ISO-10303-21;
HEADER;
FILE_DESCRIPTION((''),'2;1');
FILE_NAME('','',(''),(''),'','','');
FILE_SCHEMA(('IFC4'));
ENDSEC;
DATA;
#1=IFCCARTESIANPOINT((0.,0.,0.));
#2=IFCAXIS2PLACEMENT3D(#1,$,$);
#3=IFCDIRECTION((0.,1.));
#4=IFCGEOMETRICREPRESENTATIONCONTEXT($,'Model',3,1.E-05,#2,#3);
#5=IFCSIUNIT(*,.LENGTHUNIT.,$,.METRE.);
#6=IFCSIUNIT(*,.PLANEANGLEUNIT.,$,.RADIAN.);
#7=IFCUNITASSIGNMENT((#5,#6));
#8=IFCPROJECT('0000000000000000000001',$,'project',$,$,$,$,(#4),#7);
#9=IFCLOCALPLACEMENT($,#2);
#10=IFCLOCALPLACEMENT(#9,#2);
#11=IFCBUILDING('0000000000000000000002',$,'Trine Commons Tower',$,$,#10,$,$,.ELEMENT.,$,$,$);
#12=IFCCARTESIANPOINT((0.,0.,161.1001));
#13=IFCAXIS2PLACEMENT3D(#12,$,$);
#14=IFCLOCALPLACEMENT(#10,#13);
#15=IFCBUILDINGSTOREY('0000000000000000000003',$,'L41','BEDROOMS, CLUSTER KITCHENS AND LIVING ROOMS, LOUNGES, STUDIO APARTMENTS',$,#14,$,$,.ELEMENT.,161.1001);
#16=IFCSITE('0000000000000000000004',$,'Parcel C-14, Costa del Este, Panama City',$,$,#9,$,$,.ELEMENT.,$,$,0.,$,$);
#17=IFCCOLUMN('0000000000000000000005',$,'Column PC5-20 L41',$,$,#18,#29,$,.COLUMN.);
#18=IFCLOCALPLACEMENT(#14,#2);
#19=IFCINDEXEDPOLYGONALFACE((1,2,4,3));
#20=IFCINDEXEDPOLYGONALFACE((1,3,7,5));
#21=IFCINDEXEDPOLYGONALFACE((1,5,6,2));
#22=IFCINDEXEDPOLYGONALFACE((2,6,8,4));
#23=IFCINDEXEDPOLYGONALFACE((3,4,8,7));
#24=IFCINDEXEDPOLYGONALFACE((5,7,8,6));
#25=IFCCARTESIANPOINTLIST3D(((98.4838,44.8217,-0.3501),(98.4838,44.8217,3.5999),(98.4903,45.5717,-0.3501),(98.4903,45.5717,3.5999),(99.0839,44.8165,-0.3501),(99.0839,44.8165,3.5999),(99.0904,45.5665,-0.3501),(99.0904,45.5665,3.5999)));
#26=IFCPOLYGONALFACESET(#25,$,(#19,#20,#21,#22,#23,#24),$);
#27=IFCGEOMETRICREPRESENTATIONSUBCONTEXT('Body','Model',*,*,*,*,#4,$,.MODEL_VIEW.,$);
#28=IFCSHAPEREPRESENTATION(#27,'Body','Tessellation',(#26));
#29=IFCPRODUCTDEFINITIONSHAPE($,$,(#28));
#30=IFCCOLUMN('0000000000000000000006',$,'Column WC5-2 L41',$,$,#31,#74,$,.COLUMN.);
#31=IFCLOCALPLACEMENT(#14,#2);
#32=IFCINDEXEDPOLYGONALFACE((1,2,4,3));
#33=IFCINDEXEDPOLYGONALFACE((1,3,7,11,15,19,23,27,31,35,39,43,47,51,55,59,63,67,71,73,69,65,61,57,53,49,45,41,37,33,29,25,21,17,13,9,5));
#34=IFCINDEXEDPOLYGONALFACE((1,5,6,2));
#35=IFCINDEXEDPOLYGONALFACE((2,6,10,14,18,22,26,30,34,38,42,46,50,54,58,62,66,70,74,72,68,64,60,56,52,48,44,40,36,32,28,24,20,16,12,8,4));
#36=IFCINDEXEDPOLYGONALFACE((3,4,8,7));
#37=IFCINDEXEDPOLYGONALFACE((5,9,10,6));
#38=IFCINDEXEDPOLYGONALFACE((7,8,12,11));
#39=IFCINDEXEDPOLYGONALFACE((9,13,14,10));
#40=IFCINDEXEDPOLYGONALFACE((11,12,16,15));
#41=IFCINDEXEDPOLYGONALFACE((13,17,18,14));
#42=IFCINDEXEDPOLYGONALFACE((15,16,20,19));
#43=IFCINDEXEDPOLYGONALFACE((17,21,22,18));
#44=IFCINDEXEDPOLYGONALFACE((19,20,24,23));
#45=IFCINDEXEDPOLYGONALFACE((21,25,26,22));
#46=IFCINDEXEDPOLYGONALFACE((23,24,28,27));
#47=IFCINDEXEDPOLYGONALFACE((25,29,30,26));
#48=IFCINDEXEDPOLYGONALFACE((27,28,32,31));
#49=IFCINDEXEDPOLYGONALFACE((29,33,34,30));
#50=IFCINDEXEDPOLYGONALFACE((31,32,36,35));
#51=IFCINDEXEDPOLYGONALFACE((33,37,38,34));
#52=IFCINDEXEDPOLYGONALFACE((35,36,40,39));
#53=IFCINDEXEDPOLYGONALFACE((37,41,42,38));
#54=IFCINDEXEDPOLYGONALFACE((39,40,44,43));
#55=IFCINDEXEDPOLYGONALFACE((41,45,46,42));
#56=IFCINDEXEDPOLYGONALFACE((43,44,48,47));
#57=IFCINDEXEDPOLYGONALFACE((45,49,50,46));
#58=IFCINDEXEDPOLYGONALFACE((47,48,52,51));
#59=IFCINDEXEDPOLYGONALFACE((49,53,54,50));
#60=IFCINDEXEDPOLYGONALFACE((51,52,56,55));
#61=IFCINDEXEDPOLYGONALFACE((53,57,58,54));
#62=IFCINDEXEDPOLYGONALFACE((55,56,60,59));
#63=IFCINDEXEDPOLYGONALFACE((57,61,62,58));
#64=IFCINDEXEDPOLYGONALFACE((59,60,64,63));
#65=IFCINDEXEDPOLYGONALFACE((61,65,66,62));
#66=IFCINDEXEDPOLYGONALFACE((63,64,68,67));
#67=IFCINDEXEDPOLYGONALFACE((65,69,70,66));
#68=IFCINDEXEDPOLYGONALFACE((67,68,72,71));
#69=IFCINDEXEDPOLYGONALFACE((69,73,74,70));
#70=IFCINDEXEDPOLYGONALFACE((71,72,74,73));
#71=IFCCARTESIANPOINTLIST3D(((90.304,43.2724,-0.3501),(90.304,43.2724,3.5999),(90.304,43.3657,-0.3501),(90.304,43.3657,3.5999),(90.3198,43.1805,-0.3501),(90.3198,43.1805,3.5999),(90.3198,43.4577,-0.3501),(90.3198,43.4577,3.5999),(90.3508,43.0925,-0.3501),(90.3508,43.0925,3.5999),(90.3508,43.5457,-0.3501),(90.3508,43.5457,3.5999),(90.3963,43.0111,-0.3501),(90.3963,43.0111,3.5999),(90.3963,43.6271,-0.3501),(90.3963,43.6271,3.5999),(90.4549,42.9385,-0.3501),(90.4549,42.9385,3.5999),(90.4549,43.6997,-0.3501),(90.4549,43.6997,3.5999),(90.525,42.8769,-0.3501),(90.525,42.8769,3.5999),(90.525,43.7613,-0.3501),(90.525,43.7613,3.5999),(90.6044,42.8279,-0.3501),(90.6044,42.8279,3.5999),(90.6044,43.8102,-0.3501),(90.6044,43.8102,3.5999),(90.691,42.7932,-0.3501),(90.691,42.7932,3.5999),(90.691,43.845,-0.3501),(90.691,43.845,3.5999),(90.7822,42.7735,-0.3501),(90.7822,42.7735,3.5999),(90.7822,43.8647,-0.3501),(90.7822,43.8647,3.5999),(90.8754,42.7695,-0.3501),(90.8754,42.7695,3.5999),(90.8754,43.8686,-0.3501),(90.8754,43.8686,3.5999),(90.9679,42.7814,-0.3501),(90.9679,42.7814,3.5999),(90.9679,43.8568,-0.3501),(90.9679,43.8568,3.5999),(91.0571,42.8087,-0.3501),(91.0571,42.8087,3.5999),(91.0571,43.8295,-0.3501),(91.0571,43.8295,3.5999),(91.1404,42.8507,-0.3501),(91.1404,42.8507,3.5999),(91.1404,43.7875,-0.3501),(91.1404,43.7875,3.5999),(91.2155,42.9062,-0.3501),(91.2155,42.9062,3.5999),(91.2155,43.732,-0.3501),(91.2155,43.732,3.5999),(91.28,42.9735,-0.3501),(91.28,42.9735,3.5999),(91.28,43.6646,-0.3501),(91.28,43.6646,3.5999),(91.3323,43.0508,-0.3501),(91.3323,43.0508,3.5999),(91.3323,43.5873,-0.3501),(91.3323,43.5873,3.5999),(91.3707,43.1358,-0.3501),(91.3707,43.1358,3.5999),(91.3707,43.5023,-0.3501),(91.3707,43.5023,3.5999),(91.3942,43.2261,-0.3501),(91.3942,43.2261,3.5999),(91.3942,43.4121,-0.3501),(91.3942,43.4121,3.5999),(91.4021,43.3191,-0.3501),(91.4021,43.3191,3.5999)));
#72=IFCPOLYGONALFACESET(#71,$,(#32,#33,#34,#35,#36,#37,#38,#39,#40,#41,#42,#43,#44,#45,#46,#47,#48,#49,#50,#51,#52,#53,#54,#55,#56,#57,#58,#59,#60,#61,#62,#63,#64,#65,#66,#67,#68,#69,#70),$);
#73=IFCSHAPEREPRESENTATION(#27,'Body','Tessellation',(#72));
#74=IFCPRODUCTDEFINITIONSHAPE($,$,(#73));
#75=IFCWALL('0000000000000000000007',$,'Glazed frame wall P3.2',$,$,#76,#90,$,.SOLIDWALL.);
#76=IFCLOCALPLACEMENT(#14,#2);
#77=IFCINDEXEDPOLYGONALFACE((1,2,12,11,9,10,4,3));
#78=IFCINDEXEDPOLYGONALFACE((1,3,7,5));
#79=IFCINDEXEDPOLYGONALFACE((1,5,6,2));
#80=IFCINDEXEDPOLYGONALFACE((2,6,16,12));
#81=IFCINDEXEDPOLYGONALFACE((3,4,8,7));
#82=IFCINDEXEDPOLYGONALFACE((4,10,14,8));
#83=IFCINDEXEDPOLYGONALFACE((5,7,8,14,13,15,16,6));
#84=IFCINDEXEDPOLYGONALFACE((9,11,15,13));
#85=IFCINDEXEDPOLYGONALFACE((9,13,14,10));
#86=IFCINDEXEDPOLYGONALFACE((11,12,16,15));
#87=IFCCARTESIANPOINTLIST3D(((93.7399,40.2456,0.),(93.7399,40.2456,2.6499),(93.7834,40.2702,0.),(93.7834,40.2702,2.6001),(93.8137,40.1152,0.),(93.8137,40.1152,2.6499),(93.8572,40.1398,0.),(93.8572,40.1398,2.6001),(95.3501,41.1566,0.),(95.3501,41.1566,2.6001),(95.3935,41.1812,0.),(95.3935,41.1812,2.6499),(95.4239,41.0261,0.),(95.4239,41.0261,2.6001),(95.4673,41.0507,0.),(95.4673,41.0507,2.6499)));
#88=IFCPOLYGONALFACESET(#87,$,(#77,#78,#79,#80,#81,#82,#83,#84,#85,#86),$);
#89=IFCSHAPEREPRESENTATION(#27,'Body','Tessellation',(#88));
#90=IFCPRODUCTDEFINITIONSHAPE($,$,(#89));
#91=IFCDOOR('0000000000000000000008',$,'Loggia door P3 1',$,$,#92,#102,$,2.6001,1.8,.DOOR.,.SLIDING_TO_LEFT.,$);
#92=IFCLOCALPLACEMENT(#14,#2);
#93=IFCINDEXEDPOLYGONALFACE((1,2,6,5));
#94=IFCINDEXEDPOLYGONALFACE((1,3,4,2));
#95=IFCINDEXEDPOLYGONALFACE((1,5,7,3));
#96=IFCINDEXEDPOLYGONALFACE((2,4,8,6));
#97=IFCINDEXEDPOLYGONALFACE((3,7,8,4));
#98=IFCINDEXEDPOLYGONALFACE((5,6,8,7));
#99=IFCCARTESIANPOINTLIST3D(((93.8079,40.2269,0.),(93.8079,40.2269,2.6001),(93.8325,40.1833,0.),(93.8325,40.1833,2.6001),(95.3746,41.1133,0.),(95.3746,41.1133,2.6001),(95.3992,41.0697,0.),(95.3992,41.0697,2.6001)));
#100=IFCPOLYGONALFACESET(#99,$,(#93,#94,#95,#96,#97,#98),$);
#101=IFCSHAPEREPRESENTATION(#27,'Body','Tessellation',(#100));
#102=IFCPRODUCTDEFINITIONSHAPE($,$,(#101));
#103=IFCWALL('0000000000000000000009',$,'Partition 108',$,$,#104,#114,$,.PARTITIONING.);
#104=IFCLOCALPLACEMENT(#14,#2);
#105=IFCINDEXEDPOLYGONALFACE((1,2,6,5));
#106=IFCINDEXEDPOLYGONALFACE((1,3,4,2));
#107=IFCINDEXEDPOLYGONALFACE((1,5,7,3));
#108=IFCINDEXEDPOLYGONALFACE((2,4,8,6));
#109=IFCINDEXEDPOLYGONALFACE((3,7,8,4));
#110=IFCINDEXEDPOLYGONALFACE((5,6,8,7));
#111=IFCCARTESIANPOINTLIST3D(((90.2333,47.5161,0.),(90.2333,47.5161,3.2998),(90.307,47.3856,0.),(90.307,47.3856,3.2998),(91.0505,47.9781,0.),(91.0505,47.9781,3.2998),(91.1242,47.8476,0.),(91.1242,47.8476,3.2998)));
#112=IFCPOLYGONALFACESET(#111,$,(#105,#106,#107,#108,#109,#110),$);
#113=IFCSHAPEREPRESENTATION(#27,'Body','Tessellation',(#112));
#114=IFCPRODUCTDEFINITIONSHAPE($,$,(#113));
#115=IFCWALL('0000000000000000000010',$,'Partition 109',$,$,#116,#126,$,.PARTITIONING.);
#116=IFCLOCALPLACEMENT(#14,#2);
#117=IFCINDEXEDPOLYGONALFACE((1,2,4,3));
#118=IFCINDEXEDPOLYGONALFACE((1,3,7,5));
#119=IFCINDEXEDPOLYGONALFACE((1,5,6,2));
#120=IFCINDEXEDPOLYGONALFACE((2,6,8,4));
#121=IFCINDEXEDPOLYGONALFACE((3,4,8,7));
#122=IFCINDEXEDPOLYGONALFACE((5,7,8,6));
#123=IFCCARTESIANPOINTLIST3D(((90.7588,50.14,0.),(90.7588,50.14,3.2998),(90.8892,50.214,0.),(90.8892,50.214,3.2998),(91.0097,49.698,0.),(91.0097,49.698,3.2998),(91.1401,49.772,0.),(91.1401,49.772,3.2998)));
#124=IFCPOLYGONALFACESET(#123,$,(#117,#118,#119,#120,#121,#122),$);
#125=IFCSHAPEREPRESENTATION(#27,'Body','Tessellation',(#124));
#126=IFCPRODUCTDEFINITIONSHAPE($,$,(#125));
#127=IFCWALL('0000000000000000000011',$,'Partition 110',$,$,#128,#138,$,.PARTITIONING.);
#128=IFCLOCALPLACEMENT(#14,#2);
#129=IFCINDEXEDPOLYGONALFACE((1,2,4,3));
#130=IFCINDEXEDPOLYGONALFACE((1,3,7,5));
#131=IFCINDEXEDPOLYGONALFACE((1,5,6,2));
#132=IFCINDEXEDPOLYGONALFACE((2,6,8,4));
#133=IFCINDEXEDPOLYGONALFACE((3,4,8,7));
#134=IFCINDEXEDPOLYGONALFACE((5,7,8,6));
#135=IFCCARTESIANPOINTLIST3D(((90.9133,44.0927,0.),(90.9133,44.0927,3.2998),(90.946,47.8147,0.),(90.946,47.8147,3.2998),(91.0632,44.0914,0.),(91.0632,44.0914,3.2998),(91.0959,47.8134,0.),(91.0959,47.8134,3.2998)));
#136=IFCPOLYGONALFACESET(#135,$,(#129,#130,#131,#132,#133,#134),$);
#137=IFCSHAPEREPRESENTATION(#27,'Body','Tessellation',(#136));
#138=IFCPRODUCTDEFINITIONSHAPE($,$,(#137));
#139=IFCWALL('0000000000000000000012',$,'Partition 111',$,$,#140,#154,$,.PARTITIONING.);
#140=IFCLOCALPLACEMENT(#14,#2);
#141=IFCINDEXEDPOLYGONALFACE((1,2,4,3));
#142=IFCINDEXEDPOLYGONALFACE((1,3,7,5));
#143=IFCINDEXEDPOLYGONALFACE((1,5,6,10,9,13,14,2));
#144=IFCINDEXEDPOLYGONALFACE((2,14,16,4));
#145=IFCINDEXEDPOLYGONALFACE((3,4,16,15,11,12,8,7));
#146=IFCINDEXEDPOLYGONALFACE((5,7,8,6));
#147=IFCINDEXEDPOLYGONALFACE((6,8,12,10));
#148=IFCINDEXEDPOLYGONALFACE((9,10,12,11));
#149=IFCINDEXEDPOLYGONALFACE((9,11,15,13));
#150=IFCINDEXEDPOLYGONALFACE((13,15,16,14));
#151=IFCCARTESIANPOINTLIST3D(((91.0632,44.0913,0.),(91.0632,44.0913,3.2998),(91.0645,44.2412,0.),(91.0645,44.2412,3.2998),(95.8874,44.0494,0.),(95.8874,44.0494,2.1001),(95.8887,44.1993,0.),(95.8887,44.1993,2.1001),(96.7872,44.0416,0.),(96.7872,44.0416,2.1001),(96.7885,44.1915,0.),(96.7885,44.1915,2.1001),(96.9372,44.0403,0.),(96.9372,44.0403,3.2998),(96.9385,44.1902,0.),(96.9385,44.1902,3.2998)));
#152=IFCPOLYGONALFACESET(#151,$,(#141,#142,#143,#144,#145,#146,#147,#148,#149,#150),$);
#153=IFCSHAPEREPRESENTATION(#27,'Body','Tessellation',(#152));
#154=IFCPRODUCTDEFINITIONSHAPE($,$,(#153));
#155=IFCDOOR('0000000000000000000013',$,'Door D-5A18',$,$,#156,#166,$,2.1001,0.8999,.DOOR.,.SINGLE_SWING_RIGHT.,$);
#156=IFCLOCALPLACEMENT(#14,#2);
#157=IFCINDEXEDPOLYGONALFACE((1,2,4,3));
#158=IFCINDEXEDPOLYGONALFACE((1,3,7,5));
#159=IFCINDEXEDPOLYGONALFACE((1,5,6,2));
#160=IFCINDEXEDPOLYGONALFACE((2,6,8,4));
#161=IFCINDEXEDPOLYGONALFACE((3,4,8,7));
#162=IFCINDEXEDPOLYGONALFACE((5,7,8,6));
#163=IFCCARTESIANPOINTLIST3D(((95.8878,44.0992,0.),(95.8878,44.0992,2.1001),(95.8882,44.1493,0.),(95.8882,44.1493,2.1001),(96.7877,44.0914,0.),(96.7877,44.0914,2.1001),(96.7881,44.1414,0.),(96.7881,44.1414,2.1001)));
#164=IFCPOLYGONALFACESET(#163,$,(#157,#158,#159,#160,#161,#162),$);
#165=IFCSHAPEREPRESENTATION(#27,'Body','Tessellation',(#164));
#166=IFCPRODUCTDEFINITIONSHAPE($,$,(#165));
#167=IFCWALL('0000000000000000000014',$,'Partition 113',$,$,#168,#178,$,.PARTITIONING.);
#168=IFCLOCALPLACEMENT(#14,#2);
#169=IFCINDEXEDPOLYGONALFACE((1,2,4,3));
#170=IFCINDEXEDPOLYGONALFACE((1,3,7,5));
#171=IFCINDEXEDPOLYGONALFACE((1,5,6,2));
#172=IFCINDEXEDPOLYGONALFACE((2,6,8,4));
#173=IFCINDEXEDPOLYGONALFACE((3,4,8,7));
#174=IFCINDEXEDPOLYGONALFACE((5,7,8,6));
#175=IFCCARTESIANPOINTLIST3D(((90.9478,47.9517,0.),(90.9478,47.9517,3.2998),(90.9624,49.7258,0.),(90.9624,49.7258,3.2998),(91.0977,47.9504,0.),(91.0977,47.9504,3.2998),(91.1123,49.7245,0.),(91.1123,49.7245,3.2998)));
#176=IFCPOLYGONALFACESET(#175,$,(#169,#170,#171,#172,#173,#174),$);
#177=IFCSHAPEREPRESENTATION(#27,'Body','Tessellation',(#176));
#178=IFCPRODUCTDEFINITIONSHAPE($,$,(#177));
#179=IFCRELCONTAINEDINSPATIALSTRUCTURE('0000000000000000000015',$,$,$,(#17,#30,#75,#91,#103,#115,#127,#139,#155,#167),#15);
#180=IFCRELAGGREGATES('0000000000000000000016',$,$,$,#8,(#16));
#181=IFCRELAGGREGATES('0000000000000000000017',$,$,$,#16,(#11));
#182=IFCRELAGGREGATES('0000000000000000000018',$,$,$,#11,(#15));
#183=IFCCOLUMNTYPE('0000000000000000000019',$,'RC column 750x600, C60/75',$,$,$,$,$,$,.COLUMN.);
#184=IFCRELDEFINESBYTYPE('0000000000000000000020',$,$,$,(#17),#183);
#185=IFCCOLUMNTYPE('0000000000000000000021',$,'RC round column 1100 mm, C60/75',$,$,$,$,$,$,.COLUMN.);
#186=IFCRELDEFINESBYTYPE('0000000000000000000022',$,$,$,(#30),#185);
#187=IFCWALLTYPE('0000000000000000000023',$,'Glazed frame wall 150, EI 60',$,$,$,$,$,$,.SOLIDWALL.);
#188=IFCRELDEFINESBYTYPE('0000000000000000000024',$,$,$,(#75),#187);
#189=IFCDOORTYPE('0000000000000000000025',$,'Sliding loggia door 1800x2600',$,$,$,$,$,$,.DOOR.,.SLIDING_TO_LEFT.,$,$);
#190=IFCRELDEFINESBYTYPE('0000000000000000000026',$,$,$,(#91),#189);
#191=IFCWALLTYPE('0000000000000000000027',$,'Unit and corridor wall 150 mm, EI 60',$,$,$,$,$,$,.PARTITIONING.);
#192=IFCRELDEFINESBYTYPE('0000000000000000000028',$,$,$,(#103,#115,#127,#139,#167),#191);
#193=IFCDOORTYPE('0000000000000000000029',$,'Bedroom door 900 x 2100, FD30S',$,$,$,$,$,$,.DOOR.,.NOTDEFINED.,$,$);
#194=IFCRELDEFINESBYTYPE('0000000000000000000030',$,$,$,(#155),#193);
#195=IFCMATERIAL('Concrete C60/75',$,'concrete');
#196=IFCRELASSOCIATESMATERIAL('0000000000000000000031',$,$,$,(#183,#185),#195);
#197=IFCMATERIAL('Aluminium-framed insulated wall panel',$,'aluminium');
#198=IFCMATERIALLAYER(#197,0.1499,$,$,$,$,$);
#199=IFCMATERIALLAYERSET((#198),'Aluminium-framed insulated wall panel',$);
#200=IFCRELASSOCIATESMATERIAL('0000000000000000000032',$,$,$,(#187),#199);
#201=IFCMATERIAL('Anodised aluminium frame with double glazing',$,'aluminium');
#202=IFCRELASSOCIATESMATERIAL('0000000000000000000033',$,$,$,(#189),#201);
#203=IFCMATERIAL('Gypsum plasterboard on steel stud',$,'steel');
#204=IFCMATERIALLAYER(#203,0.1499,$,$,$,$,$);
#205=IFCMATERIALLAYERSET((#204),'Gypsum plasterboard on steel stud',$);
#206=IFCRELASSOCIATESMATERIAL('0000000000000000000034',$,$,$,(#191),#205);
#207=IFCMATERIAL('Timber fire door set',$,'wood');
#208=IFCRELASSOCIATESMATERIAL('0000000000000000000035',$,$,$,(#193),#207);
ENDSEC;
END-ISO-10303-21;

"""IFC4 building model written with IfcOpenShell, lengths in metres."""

from ifc_helpers import new_model, si_unit, direction, frame, frame_2d, origin, origin_2d, place, context, subcontext, project, spatial, polyline, rectangle, circle, outline, extrude, material, layer, layer_set, material_profile, profile_set, type_object, element, fill, save


model = new_model("IFC4")

# Units and contexts
model_context = context("Model", 3, precision=1e-05, world=origin(), true_north=direction((0.0, 1.0)))
body_context = subcontext(model_context, "Body", "Model", "MODEL_VIEW")
ifc_project = project(units=[si_unit("LENGTHUNIT", "METRE"), si_unit("PLANEANGLEUNIT", "RADIAN")], contexts=[model_context])

# Site, building, storey
site_placement = place(None, origin())
site = spatial("IfcSite", under=ifc_project, at=site_placement, Name="Parcel C-14, Costa del Este, Panama City", CompositionType="ELEMENT", RefElevation=0.0)
building_placement = place(site_placement, origin())
building = spatial("IfcBuilding", under=site, at=building_placement, Name="Trine Commons Tower", CompositionType="ELEMENT")
storey_placement = place(building_placement, frame((0.0, 0.0, 161.1001)))
storey = spatial("IfcBuildingStorey", under=building, at=storey_placement, Name="L41", Description="BEDROOMS, CLUSTER KITCHENS AND LIVING ROOMS, LOUNGES, STUDIO APARTMENTS", CompositionType="ELEMENT", Elevation=161.1001)

# Columns
ifc_material_1 = material(Name="Concrete C60/75", Category="concrete")
ifc_material_profile_1 = material_profile(ifc_material_1, rectangle(XDim=0.75, YDim=0.6001, at=origin_2d()), Name="RC 750x600")
ifc_profile_set_1 = profile_set([ifc_material_profile_1], Name="Concrete C60/75")
column_type_1 = type_object("IfcColumnType", Name="RC column 750x600, C60/75", PredefinedType="COLUMN", material=ifc_profile_set_1)
column_1_placement = place(storey_placement, frame((98.7871, 45.1941, -0.3501), z_axis=(0.0, 0.0, 1.0), x_axis=(0.008727, 0.999962, 0.0)))
element("IfcColumn", 1, at=column_1_placement, inside=storey, type_object=column_type_1, Name="Column PC5-20 L41", PredefinedType="COLUMN", context=body_context, shape_type="SweptSolid", body=[
    extrude(rectangle(XDim=0.75, YDim=0.6001, at=origin_2d()), origin(), (0.0, 0.0, 1.0), 3.95),
])
ifc_material_profile_2 = material_profile(ifc_material_1, circle(Radius=0.55, at=origin_2d()), Name="RC round 1100")
ifc_profile_set_2 = profile_set([ifc_material_profile_2], Name="Concrete C60/75")
column_type_2 = type_object("IfcColumnType", Name="RC round column 1100 mm, C60/75", PredefinedType="COLUMN", material=ifc_profile_set_2)
column_2_placement = place(storey_placement, frame((90.8521, 43.3191, -0.3501), z_axis=(0.0, 0.0, 1.0), x_axis=(1.0, 0.0, 0.0)))
element("IfcColumn", 2, at=column_2_placement, inside=storey, type_object=column_type_2, Name="Column WC5-2 L41", PredefinedType="COLUMN", context=body_context, shape_type="SweptSolid", body=[
    extrude(circle(Radius=0.55, at=origin_2d()), origin(), (0.0, 0.0, 1.0), 3.95),
])

# Shared definitions
ifc_material_2 = material(Name="Aluminium-framed insulated wall panel", Category="aluminium")
ifc_layer_1 = layer(ifc_material_2, 0.1499)
ifc_layer_set_1 = layer_set([ifc_layer_1], Name="Aluminium-framed insulated wall panel")
wall_type_1 = type_object("IfcWallType", Name="Glazed frame wall 150, EI 60", PredefinedType="SOLIDWALL", material=ifc_layer_set_1)

# Wall, opening, door
wall_1_placement = place(storey_placement, frame((95.4304, 41.116, 0.0), z_axis=(0.0, 0.0, 1.0), x_axis=(-0.870355, -0.492426, 0.0)))
wall_1 = element("IfcWall", 3, at=wall_1_placement, inside=storey, type_object=wall_type_1, Name="Glazed frame wall P3.2", PredefinedType="SOLIDWALL", context=body_context, shape_type="SweptSolid", body=[
    extrude(outline(polyline([(0.0, -0.075), (1.8999, -0.075), (1.8999, 0.075), (0.0, 0.075), (0.0, -0.075)])), origin(), (0.0, 0.0, 1.0), 2.6499),
])
opening_1_placement = place(wall_1_placement, frame((0.05, 0.0, 0.0)))
opening_1 = element("IfcOpeningElement", 4, at=opening_1_placement, cuts=wall_1, PredefinedType="OPENING", context=body_context, shape_type="SweptSolid", body=[
    extrude(rectangle(XDim=1.8, YDim=2.6001, at=frame_2d((0.8999, 1.3))), frame((0.0, 0.085, 0.0), z_axis=(0.0, -1.0, 0.0), x_axis=(1.0, 0.0, 0.0)), (0.0, 0.0, 1.0), 0.1699),
])
ifc_material_3 = material(Name="Anodised aluminium frame with double glazing", Category="aluminium")
door_type_1 = type_object("IfcDoorType", Name="Sliding loggia door 1800x2600", OperationType="SLIDING_TO_LEFT", PredefinedType="DOOR", material=ifc_material_3)
door_1_placement = place(opening_1_placement, origin())
door_1 = element("IfcDoor", 5, at=door_1_placement, inside=storey, type_object=door_type_1, Name="Loggia door P3 1", OperationType="SLIDING_TO_LEFT", OverallHeight=2.6001, OverallWidth=1.8, PredefinedType="DOOR", context=body_context, shape_type="SweptSolid", body=[
    extrude(rectangle(XDim=1.8, YDim=2.6001, at=frame_2d((0.8999, 1.3))), frame((0.0, 0.0249, 0.0), z_axis=(0.0, -1.0, 0.0), x_axis=(1.0, 0.0, 0.0)), (0.0, 0.0, 1.0), 0.05),
])
fill(opening_1, door_1)

# Walls
ifc_material_4 = material(Name="Gypsum plasterboard on steel stud", Category="steel")
ifc_layer_2 = layer(ifc_material_4, 0.1499)
ifc_layer_set_2 = layer_set([ifc_layer_2], Name="Gypsum plasterboard on steel stud")
wall_type_2 = type_object("IfcWallType", Name="Unit and corridor wall 150 mm, EI 60", PredefinedType="PARTITIONING", material=ifc_layer_set_2)
wall_2_placement = place(storey_placement, frame((90.2703, 47.4509, 0.0), z_axis=(0.0, 0.0, 1.0), x_axis=(0.870539, 0.4921, 0.0)))
element("IfcWall", 6, at=wall_2_placement, inside=storey, type_object=wall_type_2, Name="Partition 108", PredefinedType="PARTITIONING", context=body_context, shape_type="SweptSolid", body=[
    extrude(rectangle(XDim=0.9387, YDim=0.1499, at=frame_2d((0.4692, 0.0))), origin(), (0.0, 0.0, 1.0), 3.2998),
])
wall_3_placement = place(storey_placement, frame((90.824, 50.177, 0.0), z_axis=(0.0, 0.0, 1.0), x_axis=(0.493655, -0.869658, 0.0)))
element("IfcWall", 7, at=wall_3_placement, inside=storey, type_object=wall_type_2, Name="Partition 109", PredefinedType="PARTITIONING", context=body_context, shape_type="SweptSolid", body=[
    extrude(rectangle(XDim=0.5083, YDim=0.1499, at=frame_2d((0.2542, 0.0))), origin(), (0.0, 0.0, 1.0), 3.2998),
])
wall_4_placement = place(storey_placement, frame((90.9883, 44.092, 0.0), z_axis=(0.0, 0.0, 1.0), x_axis=(0.008789, 0.999961, 0.0)))
element("IfcWall", 8, at=wall_4_placement, inside=storey, type_object=wall_type_2, Name="Partition 110", PredefinedType="PARTITIONING", context=body_context, shape_type="SweptSolid", body=[
    extrude(rectangle(XDim=3.7222, YDim=0.1499, at=frame_2d((1.8611, 0.0))), origin(), (0.0, 0.0, 1.0), 3.2998),
])

# Wall, opening, door
wall_5_placement = place(storey_placement, frame((91.064, 44.1663, 0.0), z_axis=(0.0, 0.0, 1.0), x_axis=(0.999962, -0.008686, 0.0)))
wall_5 = element("IfcWall", 9, at=wall_5_placement, inside=storey, type_object=wall_type_2, Name="Partition 111", PredefinedType="PARTITIONING", context=body_context, shape_type="SweptSolid", body=[
    extrude(rectangle(XDim=5.8743, YDim=0.1499, at=frame_2d((2.937, 0.0))), origin(), (0.0, 0.0, 1.0), 3.2998),
])
opening_2_placement = place(wall_5_placement, frame((4.8242, 0.0, 0.0)))
opening_2 = element("IfcOpeningElement", 10, at=opening_2_placement, cuts=wall_5, PredefinedType="OPENING", context=body_context, shape_type="SweptSolid", body=[
    extrude(rectangle(XDim=0.8999, YDim=2.1001, at=frame_2d((0.45, 1.05))), frame((0.0, 0.085, 0.0), z_axis=(0.0, -1.0, 0.0), x_axis=(1.0, 0.0, 0.0)), (0.0, 0.0, 1.0), 0.1699),
])
ifc_material_5 = material(Name="Timber fire door set", Category="wood")
door_type_2 = type_object("IfcDoorType", Name="Bedroom door 900 x 2100, FD30S", OperationType="NOTDEFINED", PredefinedType="DOOR", material=ifc_material_5)
door_2_placement = place(opening_2_placement, origin())
door_2 = element("IfcDoor", 11, at=door_2_placement, inside=storey, type_object=door_type_2, Name="Door D-5A18", OperationType="SINGLE_SWING_RIGHT", OverallHeight=2.1001, OverallWidth=0.8999, PredefinedType="DOOR", context=body_context, shape_type="SweptSolid", body=[
    extrude(rectangle(XDim=0.8999, YDim=2.1001, at=frame_2d((0.45, 1.05))), frame((0.0, 0.0249, 0.0), z_axis=(0.0, -1.0, 0.0), x_axis=(1.0, 0.0, 0.0)), (0.0, 0.0, 1.0), 0.05),
])
fill(opening_2, door_2)

# Wall
wall_6_placement = place(storey_placement, frame((91.0227, 47.9509, 0.0), z_axis=(0.0, 0.0, 1.0), x_axis=(0.008256, 0.999966, 0.0)))
element("IfcWall", 12, at=wall_6_placement, inside=storey, type_object=wall_type_2, Name="Partition 113", PredefinedType="PARTITIONING", context=body_context, shape_type="SweptSolid", body=[
    extrude(rectangle(XDim=1.7742, YDim=0.1499, at=frame_2d((0.8872, 0.0))), origin(), (0.0, 0.0, 1.0), 3.2998),
])

save(model, "model.ifc")
